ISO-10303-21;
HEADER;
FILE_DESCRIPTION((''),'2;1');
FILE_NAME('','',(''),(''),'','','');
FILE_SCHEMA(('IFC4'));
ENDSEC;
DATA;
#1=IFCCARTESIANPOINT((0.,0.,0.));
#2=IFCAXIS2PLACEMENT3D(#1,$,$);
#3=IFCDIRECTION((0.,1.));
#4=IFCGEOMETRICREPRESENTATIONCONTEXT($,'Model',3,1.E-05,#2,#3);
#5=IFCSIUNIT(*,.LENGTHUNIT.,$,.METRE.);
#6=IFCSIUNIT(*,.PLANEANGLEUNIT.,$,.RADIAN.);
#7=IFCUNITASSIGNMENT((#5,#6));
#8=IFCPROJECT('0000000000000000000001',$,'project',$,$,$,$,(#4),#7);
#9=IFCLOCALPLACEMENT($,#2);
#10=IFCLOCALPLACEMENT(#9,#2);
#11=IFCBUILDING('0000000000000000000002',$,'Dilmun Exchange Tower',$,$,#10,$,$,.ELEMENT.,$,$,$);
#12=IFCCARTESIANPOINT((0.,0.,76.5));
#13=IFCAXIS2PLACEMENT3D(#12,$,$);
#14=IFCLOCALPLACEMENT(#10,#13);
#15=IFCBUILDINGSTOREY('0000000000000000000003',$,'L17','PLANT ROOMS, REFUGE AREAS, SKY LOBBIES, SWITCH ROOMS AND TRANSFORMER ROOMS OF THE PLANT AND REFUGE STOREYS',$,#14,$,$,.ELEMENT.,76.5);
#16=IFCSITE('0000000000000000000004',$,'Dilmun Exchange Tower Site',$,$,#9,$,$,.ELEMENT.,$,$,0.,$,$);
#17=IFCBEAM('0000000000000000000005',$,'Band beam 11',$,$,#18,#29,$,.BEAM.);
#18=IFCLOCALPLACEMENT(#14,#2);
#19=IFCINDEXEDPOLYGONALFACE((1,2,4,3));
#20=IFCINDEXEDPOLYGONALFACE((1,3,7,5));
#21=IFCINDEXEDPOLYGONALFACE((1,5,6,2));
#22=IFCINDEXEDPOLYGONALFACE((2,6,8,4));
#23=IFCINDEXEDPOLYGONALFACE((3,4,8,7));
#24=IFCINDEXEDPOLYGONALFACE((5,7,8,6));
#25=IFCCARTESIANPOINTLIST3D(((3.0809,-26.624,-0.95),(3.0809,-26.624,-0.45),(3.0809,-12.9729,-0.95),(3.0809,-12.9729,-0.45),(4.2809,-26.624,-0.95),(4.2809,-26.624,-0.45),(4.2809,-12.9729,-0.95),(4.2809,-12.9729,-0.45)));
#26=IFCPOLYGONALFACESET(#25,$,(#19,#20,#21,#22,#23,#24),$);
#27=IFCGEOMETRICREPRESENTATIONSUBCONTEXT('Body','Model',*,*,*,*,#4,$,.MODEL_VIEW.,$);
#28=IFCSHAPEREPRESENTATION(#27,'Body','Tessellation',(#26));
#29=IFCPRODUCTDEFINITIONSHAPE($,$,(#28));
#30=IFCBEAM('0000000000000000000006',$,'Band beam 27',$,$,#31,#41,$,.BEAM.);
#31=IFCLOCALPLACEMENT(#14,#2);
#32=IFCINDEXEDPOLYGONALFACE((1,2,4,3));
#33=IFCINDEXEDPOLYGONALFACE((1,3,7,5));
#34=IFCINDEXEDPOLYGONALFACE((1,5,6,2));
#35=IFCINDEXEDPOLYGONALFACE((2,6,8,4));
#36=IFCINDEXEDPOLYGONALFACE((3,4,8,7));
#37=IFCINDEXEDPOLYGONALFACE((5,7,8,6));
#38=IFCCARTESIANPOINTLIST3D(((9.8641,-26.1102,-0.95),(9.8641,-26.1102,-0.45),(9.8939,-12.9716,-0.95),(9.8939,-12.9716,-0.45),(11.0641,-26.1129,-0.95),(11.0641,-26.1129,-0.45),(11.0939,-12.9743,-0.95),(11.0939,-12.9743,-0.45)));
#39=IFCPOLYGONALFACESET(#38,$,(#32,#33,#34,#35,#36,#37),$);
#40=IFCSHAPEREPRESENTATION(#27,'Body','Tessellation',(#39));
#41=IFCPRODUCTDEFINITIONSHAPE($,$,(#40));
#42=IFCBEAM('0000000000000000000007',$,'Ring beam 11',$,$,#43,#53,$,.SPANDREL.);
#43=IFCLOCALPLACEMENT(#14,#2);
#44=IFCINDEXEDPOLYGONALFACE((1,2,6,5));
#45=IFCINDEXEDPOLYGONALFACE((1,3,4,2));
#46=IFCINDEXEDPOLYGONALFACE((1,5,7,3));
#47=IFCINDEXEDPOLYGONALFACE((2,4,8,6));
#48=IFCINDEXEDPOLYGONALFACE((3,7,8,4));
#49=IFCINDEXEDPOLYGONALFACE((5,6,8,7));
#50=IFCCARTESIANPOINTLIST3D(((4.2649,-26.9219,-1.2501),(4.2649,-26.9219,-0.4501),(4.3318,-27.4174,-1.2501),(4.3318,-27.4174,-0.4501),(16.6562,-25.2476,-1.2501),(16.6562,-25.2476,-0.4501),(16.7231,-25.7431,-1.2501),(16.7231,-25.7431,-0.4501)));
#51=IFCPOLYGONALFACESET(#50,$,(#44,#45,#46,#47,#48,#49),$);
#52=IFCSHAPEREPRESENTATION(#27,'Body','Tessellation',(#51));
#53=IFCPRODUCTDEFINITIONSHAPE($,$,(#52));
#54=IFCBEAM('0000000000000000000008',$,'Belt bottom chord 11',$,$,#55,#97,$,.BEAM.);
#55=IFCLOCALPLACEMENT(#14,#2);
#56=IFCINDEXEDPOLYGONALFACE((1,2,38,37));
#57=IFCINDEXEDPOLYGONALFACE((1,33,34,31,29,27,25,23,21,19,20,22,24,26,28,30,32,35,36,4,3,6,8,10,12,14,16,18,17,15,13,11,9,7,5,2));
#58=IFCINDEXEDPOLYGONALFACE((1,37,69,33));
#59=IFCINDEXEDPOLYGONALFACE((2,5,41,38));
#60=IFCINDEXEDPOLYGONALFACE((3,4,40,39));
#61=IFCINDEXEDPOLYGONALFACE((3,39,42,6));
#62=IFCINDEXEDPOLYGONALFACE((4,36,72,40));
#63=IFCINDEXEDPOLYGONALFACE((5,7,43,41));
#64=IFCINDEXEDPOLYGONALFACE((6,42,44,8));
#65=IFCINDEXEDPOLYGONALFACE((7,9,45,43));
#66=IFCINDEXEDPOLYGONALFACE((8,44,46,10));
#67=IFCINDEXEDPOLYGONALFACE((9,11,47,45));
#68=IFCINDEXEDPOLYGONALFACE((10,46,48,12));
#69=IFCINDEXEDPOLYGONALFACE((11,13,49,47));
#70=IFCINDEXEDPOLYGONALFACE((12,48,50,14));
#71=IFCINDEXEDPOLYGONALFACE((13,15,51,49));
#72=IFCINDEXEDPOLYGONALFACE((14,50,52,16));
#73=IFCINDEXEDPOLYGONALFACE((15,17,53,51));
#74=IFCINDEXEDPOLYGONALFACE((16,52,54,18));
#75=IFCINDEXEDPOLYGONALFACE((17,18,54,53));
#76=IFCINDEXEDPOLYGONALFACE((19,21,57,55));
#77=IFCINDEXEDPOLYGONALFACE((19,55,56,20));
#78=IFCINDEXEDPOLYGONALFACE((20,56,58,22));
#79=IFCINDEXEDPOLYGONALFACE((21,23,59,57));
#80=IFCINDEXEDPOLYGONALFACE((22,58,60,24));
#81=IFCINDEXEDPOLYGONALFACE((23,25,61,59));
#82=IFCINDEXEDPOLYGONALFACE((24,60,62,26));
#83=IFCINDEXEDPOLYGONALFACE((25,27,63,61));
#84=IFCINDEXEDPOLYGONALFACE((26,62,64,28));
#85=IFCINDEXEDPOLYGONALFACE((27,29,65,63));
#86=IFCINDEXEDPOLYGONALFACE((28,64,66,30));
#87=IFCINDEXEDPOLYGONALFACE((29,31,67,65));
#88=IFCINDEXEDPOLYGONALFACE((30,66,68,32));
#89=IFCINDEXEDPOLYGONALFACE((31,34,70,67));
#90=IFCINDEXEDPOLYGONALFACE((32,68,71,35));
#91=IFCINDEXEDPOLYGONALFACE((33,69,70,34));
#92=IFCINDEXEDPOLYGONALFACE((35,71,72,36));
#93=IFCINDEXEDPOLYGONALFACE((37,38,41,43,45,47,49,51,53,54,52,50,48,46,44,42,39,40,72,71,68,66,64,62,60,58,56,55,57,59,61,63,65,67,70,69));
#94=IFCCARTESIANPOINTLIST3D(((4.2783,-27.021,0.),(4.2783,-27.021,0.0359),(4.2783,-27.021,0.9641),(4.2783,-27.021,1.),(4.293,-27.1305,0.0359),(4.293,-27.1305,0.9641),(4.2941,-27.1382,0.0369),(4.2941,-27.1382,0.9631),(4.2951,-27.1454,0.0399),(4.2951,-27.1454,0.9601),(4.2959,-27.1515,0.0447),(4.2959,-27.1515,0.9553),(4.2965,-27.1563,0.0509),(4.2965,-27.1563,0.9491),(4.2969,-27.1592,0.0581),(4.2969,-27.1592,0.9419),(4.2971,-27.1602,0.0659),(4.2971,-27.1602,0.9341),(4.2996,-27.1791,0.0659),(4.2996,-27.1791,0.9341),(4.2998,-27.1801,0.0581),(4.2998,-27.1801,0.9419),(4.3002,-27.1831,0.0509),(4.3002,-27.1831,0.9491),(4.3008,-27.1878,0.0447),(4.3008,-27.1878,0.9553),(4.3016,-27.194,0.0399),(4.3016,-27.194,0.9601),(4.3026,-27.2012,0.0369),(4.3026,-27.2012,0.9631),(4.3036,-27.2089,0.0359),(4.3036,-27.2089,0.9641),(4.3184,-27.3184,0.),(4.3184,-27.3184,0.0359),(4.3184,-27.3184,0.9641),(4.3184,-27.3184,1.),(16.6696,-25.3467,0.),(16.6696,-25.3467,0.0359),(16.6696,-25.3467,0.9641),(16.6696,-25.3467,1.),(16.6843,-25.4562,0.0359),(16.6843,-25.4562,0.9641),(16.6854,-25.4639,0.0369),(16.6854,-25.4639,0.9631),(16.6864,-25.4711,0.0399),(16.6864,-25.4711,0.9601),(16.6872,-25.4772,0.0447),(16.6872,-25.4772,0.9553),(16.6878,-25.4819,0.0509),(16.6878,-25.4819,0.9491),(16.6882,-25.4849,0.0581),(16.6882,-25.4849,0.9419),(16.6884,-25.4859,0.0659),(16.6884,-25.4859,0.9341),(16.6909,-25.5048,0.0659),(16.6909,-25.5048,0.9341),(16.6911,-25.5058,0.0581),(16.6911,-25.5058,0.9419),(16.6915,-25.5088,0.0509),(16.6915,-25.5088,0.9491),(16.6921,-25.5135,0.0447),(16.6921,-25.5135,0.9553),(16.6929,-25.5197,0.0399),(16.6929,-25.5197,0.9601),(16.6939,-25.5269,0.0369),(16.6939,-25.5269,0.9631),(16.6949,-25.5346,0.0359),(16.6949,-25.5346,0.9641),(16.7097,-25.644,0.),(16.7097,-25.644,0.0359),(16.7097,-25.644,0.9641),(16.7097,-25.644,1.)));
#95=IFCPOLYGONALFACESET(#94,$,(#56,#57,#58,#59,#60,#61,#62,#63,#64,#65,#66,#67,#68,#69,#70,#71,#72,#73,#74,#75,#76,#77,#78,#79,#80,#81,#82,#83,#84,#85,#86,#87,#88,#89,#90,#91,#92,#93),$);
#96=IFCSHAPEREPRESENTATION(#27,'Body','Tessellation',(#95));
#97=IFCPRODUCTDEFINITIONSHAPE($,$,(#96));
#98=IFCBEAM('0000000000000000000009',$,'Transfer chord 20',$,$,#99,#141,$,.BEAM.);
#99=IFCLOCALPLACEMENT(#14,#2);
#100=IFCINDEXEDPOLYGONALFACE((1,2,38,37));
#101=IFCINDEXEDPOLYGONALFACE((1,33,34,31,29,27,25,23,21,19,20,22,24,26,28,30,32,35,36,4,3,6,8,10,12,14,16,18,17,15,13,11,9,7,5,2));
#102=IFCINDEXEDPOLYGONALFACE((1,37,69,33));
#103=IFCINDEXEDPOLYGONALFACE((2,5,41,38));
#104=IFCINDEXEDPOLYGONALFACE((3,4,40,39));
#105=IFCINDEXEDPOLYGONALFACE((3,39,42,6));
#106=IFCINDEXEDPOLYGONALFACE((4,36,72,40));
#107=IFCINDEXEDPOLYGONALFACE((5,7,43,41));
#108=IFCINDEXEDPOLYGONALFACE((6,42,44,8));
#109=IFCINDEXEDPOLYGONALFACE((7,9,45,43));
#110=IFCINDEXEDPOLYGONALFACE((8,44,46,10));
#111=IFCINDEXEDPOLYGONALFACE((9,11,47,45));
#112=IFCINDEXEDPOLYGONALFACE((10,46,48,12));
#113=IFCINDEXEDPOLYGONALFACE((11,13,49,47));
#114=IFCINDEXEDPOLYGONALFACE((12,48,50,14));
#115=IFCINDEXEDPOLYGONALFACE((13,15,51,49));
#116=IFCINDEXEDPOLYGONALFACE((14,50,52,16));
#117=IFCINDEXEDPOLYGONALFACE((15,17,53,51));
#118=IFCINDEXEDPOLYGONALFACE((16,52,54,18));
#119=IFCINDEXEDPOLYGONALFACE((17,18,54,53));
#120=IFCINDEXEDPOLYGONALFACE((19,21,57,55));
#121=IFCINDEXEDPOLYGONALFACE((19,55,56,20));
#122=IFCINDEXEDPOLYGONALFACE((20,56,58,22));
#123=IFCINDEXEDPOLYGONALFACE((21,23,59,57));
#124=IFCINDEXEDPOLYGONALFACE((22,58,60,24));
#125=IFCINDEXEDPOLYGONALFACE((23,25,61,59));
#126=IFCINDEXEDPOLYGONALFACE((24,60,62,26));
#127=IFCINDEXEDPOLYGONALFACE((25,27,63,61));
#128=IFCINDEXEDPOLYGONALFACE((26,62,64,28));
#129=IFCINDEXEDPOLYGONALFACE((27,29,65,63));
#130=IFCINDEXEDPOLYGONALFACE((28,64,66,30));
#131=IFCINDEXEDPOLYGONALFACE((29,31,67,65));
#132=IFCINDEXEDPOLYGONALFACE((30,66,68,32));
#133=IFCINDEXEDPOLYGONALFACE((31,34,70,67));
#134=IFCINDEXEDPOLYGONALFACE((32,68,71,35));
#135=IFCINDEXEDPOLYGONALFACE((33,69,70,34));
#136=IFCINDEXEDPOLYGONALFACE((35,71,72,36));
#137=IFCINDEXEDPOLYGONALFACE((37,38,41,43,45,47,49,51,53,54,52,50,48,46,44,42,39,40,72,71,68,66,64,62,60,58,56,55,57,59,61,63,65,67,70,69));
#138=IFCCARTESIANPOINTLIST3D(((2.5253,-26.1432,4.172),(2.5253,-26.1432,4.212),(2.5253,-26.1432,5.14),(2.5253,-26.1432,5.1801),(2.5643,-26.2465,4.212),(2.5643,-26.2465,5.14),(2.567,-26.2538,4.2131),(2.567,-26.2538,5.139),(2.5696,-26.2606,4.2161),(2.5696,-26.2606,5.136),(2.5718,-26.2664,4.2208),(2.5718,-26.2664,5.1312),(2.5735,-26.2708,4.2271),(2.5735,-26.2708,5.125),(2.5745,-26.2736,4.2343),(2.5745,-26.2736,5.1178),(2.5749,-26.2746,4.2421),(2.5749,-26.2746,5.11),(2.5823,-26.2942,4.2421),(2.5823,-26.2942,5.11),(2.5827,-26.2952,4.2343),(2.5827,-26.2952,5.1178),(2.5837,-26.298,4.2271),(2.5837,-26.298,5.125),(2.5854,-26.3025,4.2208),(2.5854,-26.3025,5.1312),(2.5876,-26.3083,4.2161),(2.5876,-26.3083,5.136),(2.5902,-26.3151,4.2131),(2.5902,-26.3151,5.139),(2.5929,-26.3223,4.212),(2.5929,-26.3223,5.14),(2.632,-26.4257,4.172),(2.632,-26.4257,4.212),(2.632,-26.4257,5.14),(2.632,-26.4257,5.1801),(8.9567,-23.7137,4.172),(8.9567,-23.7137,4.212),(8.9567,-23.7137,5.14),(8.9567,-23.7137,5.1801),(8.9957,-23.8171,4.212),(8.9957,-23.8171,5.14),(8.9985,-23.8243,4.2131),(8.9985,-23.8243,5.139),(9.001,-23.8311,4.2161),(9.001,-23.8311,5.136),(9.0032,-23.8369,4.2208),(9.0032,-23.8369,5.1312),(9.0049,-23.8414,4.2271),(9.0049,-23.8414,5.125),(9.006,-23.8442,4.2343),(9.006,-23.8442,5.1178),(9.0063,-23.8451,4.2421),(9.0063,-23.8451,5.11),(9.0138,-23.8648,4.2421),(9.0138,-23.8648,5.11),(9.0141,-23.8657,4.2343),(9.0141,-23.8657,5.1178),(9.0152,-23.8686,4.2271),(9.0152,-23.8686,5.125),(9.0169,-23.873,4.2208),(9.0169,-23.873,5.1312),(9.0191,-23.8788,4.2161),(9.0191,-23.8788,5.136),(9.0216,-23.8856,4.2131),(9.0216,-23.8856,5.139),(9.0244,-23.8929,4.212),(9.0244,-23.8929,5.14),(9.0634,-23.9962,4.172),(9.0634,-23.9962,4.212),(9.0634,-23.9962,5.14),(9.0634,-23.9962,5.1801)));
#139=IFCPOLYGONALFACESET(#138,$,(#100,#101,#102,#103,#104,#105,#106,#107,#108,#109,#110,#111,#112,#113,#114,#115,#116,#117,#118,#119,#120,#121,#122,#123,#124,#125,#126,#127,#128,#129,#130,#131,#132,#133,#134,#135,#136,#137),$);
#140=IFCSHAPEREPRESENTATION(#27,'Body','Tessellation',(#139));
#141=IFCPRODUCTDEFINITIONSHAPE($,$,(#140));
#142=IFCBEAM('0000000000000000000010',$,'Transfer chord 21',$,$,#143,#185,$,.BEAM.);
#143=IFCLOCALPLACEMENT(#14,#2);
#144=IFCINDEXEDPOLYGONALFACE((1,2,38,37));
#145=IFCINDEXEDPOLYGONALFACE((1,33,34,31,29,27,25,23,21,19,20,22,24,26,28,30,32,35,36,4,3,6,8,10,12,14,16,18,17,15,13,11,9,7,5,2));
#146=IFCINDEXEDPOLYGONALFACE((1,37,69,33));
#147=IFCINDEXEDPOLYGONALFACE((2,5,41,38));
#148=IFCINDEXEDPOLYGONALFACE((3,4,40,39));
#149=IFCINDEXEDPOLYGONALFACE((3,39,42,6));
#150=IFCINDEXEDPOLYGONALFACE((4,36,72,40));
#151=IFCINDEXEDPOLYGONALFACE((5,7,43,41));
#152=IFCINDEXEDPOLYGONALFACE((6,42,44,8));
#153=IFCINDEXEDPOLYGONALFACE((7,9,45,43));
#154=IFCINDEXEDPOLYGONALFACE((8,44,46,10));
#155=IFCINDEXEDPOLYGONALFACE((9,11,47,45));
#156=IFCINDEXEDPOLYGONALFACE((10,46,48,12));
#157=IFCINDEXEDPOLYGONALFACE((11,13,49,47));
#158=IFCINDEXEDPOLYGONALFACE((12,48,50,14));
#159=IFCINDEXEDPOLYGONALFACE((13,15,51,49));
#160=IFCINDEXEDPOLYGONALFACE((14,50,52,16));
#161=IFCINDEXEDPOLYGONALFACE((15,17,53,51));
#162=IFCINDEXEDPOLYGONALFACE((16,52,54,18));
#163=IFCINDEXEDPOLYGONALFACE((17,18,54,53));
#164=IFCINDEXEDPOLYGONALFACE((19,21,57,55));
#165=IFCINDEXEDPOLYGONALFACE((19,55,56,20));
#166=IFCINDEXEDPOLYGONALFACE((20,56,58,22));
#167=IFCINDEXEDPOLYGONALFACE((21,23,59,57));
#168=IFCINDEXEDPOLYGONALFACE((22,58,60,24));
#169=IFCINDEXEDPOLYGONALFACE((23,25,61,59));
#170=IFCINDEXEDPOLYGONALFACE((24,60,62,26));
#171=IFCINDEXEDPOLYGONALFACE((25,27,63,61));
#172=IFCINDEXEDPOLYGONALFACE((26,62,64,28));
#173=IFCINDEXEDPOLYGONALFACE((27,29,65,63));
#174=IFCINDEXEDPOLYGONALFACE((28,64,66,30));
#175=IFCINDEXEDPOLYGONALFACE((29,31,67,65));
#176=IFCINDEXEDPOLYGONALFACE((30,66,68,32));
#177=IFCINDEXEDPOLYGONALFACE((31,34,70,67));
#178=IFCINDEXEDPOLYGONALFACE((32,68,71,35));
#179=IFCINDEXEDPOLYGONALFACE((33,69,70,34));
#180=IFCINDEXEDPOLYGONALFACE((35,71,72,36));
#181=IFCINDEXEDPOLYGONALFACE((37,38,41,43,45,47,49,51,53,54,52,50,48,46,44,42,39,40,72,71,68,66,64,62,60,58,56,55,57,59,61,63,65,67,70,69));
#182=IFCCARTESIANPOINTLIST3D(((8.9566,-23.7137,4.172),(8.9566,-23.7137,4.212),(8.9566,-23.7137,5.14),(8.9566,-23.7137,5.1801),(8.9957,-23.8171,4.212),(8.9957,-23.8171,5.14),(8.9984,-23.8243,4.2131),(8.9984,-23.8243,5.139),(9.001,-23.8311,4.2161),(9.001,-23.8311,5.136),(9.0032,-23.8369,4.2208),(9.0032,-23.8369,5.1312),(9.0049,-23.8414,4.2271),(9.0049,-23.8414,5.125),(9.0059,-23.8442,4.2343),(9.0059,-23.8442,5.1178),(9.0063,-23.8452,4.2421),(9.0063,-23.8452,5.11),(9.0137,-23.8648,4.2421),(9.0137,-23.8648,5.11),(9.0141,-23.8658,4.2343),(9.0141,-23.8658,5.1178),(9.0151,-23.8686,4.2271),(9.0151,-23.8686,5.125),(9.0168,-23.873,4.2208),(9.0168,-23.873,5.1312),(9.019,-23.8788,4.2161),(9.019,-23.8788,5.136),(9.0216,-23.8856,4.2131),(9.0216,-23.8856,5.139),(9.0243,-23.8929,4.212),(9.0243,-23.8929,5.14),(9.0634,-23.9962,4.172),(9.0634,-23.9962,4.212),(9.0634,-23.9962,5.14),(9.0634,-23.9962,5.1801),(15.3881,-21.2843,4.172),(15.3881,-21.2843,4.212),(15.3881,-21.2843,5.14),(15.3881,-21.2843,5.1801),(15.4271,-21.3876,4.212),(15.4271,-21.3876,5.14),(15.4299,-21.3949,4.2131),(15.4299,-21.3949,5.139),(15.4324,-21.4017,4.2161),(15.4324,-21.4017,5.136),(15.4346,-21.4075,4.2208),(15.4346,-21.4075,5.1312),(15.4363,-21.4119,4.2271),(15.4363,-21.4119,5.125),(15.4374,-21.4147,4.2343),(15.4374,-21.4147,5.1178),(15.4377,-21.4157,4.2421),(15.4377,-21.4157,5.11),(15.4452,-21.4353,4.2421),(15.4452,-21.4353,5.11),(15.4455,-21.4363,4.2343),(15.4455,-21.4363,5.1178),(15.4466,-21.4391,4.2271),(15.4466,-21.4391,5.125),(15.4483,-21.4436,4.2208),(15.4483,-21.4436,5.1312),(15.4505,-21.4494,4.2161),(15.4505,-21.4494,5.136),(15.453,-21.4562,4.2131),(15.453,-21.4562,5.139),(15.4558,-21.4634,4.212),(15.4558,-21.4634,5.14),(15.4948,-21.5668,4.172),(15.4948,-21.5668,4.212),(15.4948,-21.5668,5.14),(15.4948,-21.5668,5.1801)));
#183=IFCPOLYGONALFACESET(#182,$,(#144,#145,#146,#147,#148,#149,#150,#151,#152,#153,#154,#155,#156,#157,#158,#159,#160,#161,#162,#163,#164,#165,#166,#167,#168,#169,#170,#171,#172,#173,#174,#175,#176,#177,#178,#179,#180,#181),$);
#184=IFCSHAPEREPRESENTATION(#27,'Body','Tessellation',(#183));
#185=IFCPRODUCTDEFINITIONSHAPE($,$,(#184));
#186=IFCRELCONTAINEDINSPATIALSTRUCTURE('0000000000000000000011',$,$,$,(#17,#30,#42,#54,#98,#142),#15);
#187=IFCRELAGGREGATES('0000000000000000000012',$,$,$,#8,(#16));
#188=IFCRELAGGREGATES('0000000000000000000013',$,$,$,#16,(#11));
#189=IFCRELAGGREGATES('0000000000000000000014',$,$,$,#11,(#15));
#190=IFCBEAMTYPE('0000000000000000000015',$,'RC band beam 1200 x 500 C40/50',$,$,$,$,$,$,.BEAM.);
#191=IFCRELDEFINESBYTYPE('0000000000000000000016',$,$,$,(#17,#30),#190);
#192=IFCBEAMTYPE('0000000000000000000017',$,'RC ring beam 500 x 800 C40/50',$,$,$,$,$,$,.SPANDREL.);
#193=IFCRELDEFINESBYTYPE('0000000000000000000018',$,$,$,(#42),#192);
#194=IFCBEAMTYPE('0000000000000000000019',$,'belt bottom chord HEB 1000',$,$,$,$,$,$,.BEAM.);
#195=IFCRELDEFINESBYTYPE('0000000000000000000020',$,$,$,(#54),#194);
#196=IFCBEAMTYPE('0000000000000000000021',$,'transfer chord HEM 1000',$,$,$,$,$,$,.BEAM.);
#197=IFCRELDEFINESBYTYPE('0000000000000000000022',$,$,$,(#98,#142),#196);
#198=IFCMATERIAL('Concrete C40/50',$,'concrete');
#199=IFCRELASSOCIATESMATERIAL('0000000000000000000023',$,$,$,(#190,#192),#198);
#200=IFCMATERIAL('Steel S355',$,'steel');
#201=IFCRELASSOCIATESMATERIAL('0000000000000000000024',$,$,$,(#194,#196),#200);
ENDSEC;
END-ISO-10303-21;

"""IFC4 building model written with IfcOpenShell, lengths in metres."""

from ifc_helpers import new_model, si_unit, direction, frame, origin, origin_2d, place, context, subcontext, project, spatial, rectangle, i_section, extrude, material, material_profile, profile_set, type_object, element, save


model = new_model("IFC4")

# Units and contexts
model_context = context("Model", 3, precision=1e-05, world=origin(), true_north=direction((0.0, 1.0)))
body_context = subcontext(model_context, "Body", "Model", "MODEL_VIEW")
ifc_project = project(units=[si_unit("LENGTHUNIT", "METRE"), si_unit("PLANEANGLEUNIT", "RADIAN")], contexts=[model_context])

# Site, building, storey
site_placement = place(None, origin())
site = spatial("IfcSite", under=ifc_project, at=site_placement, Name="Dilmun Exchange Tower Site", CompositionType="ELEMENT", RefElevation=0.0)
building_placement = place(site_placement, origin())
building = spatial("IfcBuilding", under=site, at=building_placement, Name="Dilmun Exchange Tower", CompositionType="ELEMENT")
storey_placement = place(building_placement, frame((0.0, 0.0, 76.5)))
storey = spatial("IfcBuildingStorey", under=building, at=storey_placement, Name="L17", Description="PLANT ROOMS, REFUGE AREAS, SKY LOBBIES, SWITCH ROOMS AND TRANSFORMER ROOMS OF THE PLANT AND REFUGE STOREYS", CompositionType="ELEMENT", Elevation=76.5)

# Beams
ifc_material_1 = material(Name="Concrete C40/50", Category="concrete")
ifc_material_profile_1 = material_profile(ifc_material_1, rectangle(XDim=1.2, YDim=0.5, at=origin_2d()), Name="1200 x 500")
ifc_profile_set_1 = profile_set([ifc_material_profile_1], Name="Concrete C40/50")
beam_type_1 = type_object("IfcBeamType", Name="RC band beam 1200 x 500 C40/50", PredefinedType="BEAM", material=ifc_profile_set_1)
beam_1_placement = place(storey_placement, frame((3.6809, -26.624, -0.7), z_axis=(0.0, 1.0, 0.0), x_axis=(-1.0, 0.0, 0.0)))
element("IfcBeam", 1, at=beam_1_placement, inside=storey, type_object=beam_type_1, Name="Band beam 11", PredefinedType="BEAM", context=body_context, shape_type="SweptSolid", body=[
    extrude(rectangle(XDim=1.2, YDim=0.5, at=origin_2d()), origin(), (0.0, 0.0, 1.0), 13.6511),
])
beam_2_placement = place(storey_placement, frame((10.4641, -26.1116, -0.7), z_axis=(0.002267, 0.999997, 0.0), x_axis=(-0.999997, 0.002267, 0.0)))
element("IfcBeam", 2, at=beam_2_placement, inside=storey, type_object=beam_type_1, Name="Band beam 27", PredefinedType="BEAM", context=body_context, shape_type="SweptSolid", body=[
    extrude(rectangle(XDim=1.2, YDim=0.5, at=origin_2d()), origin(), (0.0, 0.0, 1.0), 13.1387),
])
ifc_material_profile_2 = material_profile(ifc_material_1, rectangle(XDim=0.5, YDim=0.8, at=origin_2d()), Name="500 x 800")
ifc_profile_set_2 = profile_set([ifc_material_profile_2], Name="Concrete C40/50")
beam_type_2 = type_object("IfcBeamType", Name="RC ring beam 500 x 800 C40/50", PredefinedType="SPANDREL", material=ifc_profile_set_2)
beam_3_placement = place(storey_placement, frame((4.2983, -27.1697, -0.8501), z_axis=(0.990994, 0.133903, 0.0), x_axis=(-0.133903, 0.990994, 0.0)))
element("IfcBeam", 3, at=beam_3_placement, inside=storey, type_object=beam_type_2, Name="Ring beam 11", PredefinedType="SPANDREL", context=body_context, shape_type="SweptSolid", body=[
    extrude(rectangle(XDim=0.5, YDim=0.8, at=origin_2d()), origin(), (0.0, 0.0, 1.0), 12.5039),
])
ifc_material_2 = material(Name="Steel S355", Category="steel")
ifc_material_profile_3 = material_profile(ifc_material_2, i_section(OverallWidth=0.3, OverallDepth=1.0, WebThickness=0.019, FlangeThickness=0.0359, FilletRadius=0.03, at=origin_2d()), Name="HEB 1000")
ifc_profile_set_3 = profile_set([ifc_material_profile_3], Name="Steel S355")
beam_type_3 = type_object("IfcBeamType", Name="belt bottom chord HEB 1000", PredefinedType="BEAM", material=ifc_profile_set_3)
beam_4_placement = place(storey_placement, frame((4.2983, -27.1697, 0.5), z_axis=(0.990994, 0.133903, 0.0), x_axis=(-0.133903, 0.990994, 0.0)))
element("IfcBeam", 4, at=beam_4_placement, inside=storey, type_object=beam_type_3, Name="Belt bottom chord 11", PredefinedType="BEAM", context=body_context, shape_type="SweptSolid", body=[
    extrude(i_section(OverallWidth=0.3, OverallDepth=1.0, WebThickness=0.019, FlangeThickness=0.0359, FilletRadius=0.03, at=origin_2d()), origin(), (0.0, 0.0, 1.0), 12.5039),
])
ifc_material_profile_4 = material_profile(ifc_material_2, i_section(OverallWidth=0.302, OverallDepth=1.0081, WebThickness=0.021, FlangeThickness=0.04, FilletRadius=0.03, at=origin_2d()), Name="HEM 1000")
ifc_profile_set_4 = profile_set([ifc_material_profile_4], Name="Steel S355")
beam_type_4 = type_object("IfcBeamType", Name="transfer chord HEM 1000", PredefinedType="BEAM", material=ifc_profile_set_4)
for number, where, z_axis, x_axis, name in (
    (5, (2.5786, -26.2844, 4.676), (0.935481, 0.353376, 0.0), (-0.353376, 0.935481, 0.0), "Transfer chord 20"),
    (6, (9.01, -23.855, 4.676), (0.935481, 0.353376, 0.0), (-0.353376, 0.935481, 0.0), "Transfer chord 21"),
):
    element("IfcBeam", number, at=place(storey_placement, frame(where, z_axis=z_axis, x_axis=x_axis)), inside=storey, type_object=beam_type_4, Name=name, PredefinedType="BEAM", context=body_context, shape_type="SweptSolid", body=[
        extrude(i_section(OverallWidth=0.302, OverallDepth=1.0081, WebThickness=0.021, FlangeThickness=0.04, FilletRadius=0.03, at=origin_2d()), origin(), (0.0, 0.0, 1.0), 6.875),
    ])

save(model, "model.ifc")
